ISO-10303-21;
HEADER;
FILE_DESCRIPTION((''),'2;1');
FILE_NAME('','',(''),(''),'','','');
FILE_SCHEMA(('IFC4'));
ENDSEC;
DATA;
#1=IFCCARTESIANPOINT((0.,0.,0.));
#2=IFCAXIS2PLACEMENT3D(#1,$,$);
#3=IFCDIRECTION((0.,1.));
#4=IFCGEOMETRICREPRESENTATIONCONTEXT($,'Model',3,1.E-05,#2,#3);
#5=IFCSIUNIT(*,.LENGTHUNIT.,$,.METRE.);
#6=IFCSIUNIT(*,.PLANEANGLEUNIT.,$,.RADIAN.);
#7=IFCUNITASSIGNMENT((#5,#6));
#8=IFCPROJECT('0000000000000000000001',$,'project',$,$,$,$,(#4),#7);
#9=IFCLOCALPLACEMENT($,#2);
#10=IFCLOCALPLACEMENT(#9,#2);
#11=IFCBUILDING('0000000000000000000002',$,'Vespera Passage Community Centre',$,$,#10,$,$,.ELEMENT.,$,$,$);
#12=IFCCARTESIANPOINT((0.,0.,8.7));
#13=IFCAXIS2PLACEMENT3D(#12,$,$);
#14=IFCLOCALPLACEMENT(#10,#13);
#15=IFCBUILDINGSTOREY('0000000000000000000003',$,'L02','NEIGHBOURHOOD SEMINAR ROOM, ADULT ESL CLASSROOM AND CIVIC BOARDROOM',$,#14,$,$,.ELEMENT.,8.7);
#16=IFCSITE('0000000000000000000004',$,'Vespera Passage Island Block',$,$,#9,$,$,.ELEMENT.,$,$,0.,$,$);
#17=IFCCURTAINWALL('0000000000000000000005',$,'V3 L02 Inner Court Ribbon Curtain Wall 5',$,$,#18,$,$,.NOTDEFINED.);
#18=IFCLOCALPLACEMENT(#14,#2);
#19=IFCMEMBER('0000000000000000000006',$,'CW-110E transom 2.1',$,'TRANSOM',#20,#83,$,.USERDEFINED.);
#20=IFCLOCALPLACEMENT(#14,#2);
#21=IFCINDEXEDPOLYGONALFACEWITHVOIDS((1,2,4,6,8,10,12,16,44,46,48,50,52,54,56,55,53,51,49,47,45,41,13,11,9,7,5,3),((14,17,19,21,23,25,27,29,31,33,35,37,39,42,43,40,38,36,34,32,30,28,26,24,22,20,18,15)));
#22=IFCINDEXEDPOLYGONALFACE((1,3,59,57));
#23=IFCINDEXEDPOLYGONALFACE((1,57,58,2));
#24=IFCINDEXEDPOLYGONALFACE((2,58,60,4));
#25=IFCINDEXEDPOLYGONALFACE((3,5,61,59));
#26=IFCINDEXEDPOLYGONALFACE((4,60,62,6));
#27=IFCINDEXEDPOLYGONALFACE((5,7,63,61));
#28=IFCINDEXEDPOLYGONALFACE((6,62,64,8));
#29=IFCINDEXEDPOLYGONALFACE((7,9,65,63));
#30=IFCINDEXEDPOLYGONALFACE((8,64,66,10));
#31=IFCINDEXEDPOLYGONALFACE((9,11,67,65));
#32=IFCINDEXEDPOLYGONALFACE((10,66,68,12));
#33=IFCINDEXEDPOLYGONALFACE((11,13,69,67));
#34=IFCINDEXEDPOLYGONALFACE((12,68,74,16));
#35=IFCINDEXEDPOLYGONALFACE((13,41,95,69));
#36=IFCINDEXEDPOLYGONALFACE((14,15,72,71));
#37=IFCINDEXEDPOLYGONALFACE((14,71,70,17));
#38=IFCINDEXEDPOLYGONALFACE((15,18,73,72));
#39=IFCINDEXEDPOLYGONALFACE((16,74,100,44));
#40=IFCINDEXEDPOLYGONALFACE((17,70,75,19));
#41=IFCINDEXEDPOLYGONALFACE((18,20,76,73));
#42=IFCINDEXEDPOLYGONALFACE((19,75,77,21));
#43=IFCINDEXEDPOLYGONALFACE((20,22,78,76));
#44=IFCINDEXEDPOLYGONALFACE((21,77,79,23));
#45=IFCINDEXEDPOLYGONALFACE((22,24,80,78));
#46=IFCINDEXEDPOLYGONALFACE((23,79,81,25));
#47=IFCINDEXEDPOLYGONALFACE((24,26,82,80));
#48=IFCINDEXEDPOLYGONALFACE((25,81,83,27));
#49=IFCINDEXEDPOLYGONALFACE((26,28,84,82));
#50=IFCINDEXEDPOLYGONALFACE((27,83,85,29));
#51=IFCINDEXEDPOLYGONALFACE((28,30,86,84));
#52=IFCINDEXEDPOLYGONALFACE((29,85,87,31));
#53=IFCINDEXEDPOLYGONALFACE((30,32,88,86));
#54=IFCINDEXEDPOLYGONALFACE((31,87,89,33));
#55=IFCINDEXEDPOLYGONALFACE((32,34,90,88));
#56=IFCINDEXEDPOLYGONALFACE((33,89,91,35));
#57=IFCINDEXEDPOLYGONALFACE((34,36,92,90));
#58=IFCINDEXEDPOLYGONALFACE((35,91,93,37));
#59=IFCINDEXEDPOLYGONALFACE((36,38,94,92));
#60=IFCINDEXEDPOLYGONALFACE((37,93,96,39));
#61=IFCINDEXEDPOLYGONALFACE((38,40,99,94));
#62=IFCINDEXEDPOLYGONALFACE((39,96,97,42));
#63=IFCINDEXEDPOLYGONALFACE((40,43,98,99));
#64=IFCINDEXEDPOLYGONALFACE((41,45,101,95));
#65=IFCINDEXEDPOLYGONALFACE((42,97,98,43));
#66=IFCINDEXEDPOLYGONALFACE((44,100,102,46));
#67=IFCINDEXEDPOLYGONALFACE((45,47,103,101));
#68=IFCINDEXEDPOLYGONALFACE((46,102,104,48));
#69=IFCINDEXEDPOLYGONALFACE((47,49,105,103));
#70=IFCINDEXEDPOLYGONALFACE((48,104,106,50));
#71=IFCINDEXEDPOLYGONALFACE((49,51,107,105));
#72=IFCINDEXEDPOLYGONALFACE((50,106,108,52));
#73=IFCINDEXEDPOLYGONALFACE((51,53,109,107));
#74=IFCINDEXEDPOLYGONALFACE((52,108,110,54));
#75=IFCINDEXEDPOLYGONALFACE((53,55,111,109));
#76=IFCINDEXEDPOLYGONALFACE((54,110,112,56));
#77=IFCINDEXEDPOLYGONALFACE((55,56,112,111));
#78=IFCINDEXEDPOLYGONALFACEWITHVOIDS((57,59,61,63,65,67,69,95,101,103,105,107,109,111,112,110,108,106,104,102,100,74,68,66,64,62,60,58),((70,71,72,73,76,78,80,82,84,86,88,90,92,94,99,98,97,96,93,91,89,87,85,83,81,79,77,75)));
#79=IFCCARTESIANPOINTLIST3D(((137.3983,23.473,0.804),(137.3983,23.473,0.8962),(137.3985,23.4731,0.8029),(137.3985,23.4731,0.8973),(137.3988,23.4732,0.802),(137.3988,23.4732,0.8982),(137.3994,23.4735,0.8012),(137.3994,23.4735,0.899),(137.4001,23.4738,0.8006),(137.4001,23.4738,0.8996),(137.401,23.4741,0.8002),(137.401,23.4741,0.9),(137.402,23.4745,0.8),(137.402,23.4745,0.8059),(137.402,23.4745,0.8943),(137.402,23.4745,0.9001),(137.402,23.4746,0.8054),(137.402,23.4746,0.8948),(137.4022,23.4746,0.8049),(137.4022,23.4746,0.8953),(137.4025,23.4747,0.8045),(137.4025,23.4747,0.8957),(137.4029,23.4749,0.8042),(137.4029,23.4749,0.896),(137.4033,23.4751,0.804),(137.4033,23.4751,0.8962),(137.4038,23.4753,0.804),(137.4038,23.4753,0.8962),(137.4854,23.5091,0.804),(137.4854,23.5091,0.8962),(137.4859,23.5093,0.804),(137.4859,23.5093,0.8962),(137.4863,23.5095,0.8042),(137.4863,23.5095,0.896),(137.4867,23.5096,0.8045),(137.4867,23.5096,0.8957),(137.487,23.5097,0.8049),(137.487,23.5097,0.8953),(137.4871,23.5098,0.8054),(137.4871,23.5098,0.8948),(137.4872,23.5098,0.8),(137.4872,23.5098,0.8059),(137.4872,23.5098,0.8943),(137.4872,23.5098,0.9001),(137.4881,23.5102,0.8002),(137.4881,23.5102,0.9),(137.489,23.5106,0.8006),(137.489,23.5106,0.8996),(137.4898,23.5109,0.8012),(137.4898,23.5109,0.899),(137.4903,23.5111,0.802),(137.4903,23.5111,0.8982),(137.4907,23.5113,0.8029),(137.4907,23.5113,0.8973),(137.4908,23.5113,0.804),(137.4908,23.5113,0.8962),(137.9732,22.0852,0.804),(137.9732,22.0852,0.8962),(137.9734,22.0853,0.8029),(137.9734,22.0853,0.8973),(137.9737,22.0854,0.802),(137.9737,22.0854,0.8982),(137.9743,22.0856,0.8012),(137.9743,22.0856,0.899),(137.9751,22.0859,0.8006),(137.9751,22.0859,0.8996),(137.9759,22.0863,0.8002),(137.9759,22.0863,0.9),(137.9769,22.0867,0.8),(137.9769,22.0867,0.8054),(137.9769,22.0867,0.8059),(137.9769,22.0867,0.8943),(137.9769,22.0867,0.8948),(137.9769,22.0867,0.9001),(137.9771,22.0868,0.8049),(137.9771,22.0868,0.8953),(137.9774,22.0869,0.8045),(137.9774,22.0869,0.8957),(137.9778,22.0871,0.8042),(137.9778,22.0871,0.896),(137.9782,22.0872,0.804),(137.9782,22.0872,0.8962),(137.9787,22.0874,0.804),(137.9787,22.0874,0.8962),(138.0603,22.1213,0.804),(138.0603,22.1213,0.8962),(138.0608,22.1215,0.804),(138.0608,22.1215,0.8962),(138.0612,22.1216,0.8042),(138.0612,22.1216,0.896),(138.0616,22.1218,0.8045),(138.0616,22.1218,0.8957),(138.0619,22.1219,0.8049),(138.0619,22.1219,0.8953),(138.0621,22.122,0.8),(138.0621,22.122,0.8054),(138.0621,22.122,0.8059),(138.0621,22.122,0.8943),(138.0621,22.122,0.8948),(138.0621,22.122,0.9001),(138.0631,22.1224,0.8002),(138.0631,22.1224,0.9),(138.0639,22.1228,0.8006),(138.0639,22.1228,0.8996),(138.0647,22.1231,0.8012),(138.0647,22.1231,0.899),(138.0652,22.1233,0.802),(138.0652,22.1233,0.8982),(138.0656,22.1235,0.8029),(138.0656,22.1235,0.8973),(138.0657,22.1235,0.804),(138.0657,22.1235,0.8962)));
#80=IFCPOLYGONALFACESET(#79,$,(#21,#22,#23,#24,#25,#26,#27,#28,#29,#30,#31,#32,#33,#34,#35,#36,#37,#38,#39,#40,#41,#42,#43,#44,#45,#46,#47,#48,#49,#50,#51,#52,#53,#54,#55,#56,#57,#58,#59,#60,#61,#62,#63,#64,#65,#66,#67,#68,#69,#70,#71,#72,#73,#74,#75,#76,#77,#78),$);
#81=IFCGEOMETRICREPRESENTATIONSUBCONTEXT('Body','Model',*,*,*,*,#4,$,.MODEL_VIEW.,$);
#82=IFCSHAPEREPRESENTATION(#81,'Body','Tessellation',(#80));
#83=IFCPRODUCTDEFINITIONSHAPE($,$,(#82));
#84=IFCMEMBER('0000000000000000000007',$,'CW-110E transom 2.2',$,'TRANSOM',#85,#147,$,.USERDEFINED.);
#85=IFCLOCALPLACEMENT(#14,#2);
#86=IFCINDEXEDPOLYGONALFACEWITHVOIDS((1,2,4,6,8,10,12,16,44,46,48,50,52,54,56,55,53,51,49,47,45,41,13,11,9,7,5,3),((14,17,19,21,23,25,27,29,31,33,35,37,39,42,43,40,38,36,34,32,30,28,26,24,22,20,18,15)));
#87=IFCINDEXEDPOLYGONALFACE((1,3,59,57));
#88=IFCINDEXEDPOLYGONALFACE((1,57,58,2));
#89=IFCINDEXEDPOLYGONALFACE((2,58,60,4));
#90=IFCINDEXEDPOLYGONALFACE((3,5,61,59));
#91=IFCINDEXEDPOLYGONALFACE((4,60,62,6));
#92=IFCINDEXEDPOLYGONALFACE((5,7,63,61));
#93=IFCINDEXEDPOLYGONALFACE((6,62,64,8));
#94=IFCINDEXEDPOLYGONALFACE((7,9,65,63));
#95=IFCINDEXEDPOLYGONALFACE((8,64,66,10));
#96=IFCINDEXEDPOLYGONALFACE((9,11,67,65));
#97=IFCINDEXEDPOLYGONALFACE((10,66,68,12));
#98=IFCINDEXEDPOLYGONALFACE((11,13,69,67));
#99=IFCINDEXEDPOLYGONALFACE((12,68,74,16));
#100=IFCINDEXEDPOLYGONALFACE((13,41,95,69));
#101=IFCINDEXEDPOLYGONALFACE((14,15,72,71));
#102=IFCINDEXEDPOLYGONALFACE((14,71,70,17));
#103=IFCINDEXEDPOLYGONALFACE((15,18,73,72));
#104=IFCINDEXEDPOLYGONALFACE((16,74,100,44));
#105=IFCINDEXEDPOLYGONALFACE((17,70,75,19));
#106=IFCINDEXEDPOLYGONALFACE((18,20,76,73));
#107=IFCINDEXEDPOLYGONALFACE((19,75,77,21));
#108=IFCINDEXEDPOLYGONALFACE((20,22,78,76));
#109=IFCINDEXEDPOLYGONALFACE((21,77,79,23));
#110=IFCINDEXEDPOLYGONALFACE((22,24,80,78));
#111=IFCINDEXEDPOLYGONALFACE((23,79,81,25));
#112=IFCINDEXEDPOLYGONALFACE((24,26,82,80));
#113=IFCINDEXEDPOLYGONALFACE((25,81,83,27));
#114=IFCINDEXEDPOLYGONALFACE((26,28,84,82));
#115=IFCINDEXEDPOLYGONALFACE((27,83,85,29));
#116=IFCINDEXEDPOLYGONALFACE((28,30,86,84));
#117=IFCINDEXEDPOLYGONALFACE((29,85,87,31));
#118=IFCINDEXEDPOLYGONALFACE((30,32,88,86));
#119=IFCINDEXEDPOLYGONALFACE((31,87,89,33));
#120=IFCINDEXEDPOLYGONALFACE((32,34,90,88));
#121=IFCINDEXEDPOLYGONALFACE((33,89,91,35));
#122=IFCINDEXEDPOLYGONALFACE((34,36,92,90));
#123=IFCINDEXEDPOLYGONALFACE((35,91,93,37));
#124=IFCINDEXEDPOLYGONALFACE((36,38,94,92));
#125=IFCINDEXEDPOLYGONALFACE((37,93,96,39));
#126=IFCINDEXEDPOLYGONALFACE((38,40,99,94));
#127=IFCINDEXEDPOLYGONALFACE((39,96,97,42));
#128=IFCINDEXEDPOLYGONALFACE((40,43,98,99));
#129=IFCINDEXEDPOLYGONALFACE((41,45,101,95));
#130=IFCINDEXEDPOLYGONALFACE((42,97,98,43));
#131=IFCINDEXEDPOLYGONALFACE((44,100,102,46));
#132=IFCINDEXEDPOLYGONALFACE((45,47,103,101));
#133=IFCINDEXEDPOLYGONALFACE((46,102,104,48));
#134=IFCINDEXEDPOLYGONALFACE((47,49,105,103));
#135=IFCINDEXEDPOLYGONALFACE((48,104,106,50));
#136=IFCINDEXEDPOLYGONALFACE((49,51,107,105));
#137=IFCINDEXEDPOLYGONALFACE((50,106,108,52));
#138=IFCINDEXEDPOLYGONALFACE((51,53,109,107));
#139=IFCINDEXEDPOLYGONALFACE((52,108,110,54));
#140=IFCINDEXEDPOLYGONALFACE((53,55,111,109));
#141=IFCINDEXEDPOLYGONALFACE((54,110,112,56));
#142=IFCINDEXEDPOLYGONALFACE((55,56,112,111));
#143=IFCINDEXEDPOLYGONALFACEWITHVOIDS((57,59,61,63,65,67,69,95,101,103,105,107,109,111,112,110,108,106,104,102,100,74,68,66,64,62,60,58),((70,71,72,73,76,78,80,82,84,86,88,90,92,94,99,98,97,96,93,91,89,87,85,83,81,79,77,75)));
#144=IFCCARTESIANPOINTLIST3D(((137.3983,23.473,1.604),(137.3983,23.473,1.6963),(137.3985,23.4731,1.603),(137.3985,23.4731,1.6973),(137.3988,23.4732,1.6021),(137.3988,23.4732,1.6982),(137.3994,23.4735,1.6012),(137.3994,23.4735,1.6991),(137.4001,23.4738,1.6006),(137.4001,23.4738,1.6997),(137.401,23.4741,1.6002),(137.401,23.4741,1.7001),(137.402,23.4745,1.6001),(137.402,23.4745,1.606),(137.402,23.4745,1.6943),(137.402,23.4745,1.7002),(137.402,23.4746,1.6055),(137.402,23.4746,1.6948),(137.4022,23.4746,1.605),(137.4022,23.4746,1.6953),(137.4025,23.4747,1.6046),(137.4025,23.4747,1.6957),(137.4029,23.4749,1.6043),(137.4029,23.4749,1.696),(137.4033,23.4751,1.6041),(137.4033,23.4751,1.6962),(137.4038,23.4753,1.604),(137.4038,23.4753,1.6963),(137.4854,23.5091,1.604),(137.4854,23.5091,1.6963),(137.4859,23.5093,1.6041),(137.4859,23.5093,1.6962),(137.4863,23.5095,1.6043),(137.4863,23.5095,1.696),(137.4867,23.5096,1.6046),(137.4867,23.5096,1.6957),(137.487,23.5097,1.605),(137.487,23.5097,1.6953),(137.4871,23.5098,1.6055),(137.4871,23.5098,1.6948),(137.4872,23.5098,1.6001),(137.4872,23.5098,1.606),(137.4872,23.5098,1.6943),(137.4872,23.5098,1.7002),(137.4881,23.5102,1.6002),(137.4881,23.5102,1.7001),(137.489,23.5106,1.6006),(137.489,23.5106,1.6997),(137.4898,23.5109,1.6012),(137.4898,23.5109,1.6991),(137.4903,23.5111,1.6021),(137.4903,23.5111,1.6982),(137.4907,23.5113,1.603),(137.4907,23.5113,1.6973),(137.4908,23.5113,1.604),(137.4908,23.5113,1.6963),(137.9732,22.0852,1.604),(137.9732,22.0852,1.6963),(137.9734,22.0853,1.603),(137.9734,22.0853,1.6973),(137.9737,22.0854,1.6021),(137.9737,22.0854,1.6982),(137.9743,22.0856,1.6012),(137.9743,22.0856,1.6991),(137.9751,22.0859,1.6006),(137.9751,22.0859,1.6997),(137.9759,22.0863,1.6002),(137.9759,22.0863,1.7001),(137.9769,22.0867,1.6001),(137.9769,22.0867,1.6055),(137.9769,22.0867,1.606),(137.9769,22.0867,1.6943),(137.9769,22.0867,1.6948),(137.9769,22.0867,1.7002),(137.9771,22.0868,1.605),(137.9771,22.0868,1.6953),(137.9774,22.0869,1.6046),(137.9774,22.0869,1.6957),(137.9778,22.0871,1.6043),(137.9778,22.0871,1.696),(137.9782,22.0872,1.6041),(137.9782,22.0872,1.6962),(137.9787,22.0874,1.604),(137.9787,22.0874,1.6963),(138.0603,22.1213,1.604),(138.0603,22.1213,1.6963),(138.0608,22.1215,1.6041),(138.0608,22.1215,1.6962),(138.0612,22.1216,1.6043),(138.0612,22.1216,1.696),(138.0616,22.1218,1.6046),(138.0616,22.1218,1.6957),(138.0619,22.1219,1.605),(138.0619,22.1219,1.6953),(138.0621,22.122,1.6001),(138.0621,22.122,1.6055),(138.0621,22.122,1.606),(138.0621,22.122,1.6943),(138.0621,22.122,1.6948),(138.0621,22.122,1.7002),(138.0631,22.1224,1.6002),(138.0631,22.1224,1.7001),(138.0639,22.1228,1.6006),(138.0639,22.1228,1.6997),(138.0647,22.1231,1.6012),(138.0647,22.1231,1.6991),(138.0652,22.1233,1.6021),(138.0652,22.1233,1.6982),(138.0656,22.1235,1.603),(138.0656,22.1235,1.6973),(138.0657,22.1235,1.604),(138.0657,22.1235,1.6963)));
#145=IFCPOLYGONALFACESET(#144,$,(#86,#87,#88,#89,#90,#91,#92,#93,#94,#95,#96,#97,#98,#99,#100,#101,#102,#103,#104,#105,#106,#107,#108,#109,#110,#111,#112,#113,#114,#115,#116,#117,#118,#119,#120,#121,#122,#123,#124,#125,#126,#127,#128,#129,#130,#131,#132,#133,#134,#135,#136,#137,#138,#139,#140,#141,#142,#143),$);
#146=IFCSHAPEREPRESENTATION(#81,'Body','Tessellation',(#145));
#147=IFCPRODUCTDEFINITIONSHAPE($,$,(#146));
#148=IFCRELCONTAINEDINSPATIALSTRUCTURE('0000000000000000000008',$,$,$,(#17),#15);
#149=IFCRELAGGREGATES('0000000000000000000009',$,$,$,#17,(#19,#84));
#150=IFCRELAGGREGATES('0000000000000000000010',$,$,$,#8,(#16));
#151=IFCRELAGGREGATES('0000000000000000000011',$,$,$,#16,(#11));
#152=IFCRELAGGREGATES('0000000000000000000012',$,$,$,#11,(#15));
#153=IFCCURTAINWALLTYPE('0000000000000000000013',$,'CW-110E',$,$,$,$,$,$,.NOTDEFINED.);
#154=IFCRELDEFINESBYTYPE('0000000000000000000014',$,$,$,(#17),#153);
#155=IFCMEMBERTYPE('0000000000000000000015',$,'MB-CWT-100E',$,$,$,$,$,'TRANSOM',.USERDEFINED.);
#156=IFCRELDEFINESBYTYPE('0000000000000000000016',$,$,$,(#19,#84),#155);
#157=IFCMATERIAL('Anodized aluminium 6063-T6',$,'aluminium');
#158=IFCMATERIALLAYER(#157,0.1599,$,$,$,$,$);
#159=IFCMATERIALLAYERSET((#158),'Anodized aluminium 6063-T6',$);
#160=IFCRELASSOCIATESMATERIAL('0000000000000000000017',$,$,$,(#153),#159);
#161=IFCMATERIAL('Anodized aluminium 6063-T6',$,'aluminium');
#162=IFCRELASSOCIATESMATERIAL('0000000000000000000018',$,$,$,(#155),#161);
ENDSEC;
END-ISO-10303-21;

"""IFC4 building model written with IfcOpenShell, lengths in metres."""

from ifc_helpers import new_model, si_unit, direction, frame, origin, origin_2d, place, context, subcontext, project, spatial, hollow_rectangle, extrude, material, layer, layer_set, material_profile, profile_set, type_object, element, aggregate, save


model = new_model("IFC4")

# Units and contexts
model_context = context("Model", 3, precision=1e-05, world=origin(), true_north=direction((0.0, 1.0)))
body_context = subcontext(model_context, "Body", "Model", "MODEL_VIEW")
ifc_project = project(units=[si_unit("LENGTHUNIT", "METRE"), si_unit("PLANEANGLEUNIT", "RADIAN")], contexts=[model_context])

# Site, building, storey
site_placement = place(None, origin())
site = spatial("IfcSite", under=ifc_project, at=site_placement, Name="Vespera Passage Island Block", CompositionType="ELEMENT", RefElevation=0.0)
building_placement = place(site_placement, origin())
building = spatial("IfcBuilding", under=site, at=building_placement, Name="Vespera Passage Community Centre", CompositionType="ELEMENT")
storey_placement = place(building_placement, frame((0.0, 0.0, 8.7)))
storey = spatial("IfcBuildingStorey", under=building, at=storey_placement, Name="L02", Description="NEIGHBOURHOOD SEMINAR ROOM, ADULT ESL CLASSROOM AND CIVIC BOARDROOM", CompositionType="ELEMENT", Elevation=8.7)

# Curtain wall
ifc_material_1 = material(Name="Anodized aluminium 6063-T6", Category="aluminium")
ifc_layer_1 = layer(ifc_material_1, 0.1599)
ifc_layer_set_1 = layer_set([ifc_layer_1], Name="Anodized aluminium 6063-T6")
curtain_wall_type = type_object("IfcCurtainWallType", Name="CW-110E", PredefinedType="NOTDEFINED", material=ifc_layer_set_1)
curtain_wall_1_placement = place(storey_placement, origin())
curtain_wall_1 = element("IfcCurtainWall", 1, at=curtain_wall_1_placement, inside=storey, type_object=curtain_wall_type, Name="V3 L02 Inner Court Ribbon Curtain Wall 5", PredefinedType="NOTDEFINED")

# Members
ifc_material_2 = material(Name="Anodized aluminium 6063-T6", Category="aluminium")
ifc_material_profile_1 = material_profile(ifc_material_2, hollow_rectangle(XDim=0.1001, YDim=0.1001, WallThickness=0.0039, InnerFilletRadius=0.002, OuterFilletRadius=0.0039, at=origin_2d()), Name="ALU100X100X4")
ifc_profile_set_1 = profile_set([ifc_material_profile_1], Name="Anodized aluminium 6063-T6")
member_type_1 = type_object("IfcMemberType", Name="MB-CWT-100E", ElementType="TRANSOM", PredefinedType="USERDEFINED", material=ifc_profile_set_1)
member_1_placement = place(storey_placement, frame((137.4446, 23.4922, 0.8501), z_axis=(0.382711, -0.923868, 0.0), x_axis=(0.923868, 0.382711, 0.0)))
member_1 = element("IfcMember", 2, at=member_1_placement, type_object=member_type_1, Name="CW-110E transom 2.1", ObjectType="TRANSOM", PredefinedType="USERDEFINED", context=body_context, shape_type="SweptSolid", body=[
    extrude(hollow_rectangle(XDim=0.1001, YDim=0.1001, WallThickness=0.0039, InnerFilletRadius=0.002, OuterFilletRadius=0.0039, at=origin_2d()), origin(), (0.0, 0.0, 1.0), 1.5022),
])
member_2_placement = place(storey_placement, frame((137.4446, 23.4922, 1.6501), z_axis=(0.382711, -0.923868, 0.0), x_axis=(0.923868, 0.382711, 0.0)))
member_2 = element("IfcMember", 3, at=member_2_placement, type_object=member_type_1, Name="CW-110E transom 2.2", ObjectType="TRANSOM", PredefinedType="USERDEFINED", context=body_context, shape_type="SweptSolid", body=[
    extrude(hollow_rectangle(XDim=0.1001, YDim=0.1001, WallThickness=0.0039, InnerFilletRadius=0.002, OuterFilletRadius=0.0039, at=origin_2d()), origin(), (0.0, 0.0, 1.0), 1.5022),
])

aggregate(curtain_wall_1, [member_1, member_2])

save(model, "model.ifc")
